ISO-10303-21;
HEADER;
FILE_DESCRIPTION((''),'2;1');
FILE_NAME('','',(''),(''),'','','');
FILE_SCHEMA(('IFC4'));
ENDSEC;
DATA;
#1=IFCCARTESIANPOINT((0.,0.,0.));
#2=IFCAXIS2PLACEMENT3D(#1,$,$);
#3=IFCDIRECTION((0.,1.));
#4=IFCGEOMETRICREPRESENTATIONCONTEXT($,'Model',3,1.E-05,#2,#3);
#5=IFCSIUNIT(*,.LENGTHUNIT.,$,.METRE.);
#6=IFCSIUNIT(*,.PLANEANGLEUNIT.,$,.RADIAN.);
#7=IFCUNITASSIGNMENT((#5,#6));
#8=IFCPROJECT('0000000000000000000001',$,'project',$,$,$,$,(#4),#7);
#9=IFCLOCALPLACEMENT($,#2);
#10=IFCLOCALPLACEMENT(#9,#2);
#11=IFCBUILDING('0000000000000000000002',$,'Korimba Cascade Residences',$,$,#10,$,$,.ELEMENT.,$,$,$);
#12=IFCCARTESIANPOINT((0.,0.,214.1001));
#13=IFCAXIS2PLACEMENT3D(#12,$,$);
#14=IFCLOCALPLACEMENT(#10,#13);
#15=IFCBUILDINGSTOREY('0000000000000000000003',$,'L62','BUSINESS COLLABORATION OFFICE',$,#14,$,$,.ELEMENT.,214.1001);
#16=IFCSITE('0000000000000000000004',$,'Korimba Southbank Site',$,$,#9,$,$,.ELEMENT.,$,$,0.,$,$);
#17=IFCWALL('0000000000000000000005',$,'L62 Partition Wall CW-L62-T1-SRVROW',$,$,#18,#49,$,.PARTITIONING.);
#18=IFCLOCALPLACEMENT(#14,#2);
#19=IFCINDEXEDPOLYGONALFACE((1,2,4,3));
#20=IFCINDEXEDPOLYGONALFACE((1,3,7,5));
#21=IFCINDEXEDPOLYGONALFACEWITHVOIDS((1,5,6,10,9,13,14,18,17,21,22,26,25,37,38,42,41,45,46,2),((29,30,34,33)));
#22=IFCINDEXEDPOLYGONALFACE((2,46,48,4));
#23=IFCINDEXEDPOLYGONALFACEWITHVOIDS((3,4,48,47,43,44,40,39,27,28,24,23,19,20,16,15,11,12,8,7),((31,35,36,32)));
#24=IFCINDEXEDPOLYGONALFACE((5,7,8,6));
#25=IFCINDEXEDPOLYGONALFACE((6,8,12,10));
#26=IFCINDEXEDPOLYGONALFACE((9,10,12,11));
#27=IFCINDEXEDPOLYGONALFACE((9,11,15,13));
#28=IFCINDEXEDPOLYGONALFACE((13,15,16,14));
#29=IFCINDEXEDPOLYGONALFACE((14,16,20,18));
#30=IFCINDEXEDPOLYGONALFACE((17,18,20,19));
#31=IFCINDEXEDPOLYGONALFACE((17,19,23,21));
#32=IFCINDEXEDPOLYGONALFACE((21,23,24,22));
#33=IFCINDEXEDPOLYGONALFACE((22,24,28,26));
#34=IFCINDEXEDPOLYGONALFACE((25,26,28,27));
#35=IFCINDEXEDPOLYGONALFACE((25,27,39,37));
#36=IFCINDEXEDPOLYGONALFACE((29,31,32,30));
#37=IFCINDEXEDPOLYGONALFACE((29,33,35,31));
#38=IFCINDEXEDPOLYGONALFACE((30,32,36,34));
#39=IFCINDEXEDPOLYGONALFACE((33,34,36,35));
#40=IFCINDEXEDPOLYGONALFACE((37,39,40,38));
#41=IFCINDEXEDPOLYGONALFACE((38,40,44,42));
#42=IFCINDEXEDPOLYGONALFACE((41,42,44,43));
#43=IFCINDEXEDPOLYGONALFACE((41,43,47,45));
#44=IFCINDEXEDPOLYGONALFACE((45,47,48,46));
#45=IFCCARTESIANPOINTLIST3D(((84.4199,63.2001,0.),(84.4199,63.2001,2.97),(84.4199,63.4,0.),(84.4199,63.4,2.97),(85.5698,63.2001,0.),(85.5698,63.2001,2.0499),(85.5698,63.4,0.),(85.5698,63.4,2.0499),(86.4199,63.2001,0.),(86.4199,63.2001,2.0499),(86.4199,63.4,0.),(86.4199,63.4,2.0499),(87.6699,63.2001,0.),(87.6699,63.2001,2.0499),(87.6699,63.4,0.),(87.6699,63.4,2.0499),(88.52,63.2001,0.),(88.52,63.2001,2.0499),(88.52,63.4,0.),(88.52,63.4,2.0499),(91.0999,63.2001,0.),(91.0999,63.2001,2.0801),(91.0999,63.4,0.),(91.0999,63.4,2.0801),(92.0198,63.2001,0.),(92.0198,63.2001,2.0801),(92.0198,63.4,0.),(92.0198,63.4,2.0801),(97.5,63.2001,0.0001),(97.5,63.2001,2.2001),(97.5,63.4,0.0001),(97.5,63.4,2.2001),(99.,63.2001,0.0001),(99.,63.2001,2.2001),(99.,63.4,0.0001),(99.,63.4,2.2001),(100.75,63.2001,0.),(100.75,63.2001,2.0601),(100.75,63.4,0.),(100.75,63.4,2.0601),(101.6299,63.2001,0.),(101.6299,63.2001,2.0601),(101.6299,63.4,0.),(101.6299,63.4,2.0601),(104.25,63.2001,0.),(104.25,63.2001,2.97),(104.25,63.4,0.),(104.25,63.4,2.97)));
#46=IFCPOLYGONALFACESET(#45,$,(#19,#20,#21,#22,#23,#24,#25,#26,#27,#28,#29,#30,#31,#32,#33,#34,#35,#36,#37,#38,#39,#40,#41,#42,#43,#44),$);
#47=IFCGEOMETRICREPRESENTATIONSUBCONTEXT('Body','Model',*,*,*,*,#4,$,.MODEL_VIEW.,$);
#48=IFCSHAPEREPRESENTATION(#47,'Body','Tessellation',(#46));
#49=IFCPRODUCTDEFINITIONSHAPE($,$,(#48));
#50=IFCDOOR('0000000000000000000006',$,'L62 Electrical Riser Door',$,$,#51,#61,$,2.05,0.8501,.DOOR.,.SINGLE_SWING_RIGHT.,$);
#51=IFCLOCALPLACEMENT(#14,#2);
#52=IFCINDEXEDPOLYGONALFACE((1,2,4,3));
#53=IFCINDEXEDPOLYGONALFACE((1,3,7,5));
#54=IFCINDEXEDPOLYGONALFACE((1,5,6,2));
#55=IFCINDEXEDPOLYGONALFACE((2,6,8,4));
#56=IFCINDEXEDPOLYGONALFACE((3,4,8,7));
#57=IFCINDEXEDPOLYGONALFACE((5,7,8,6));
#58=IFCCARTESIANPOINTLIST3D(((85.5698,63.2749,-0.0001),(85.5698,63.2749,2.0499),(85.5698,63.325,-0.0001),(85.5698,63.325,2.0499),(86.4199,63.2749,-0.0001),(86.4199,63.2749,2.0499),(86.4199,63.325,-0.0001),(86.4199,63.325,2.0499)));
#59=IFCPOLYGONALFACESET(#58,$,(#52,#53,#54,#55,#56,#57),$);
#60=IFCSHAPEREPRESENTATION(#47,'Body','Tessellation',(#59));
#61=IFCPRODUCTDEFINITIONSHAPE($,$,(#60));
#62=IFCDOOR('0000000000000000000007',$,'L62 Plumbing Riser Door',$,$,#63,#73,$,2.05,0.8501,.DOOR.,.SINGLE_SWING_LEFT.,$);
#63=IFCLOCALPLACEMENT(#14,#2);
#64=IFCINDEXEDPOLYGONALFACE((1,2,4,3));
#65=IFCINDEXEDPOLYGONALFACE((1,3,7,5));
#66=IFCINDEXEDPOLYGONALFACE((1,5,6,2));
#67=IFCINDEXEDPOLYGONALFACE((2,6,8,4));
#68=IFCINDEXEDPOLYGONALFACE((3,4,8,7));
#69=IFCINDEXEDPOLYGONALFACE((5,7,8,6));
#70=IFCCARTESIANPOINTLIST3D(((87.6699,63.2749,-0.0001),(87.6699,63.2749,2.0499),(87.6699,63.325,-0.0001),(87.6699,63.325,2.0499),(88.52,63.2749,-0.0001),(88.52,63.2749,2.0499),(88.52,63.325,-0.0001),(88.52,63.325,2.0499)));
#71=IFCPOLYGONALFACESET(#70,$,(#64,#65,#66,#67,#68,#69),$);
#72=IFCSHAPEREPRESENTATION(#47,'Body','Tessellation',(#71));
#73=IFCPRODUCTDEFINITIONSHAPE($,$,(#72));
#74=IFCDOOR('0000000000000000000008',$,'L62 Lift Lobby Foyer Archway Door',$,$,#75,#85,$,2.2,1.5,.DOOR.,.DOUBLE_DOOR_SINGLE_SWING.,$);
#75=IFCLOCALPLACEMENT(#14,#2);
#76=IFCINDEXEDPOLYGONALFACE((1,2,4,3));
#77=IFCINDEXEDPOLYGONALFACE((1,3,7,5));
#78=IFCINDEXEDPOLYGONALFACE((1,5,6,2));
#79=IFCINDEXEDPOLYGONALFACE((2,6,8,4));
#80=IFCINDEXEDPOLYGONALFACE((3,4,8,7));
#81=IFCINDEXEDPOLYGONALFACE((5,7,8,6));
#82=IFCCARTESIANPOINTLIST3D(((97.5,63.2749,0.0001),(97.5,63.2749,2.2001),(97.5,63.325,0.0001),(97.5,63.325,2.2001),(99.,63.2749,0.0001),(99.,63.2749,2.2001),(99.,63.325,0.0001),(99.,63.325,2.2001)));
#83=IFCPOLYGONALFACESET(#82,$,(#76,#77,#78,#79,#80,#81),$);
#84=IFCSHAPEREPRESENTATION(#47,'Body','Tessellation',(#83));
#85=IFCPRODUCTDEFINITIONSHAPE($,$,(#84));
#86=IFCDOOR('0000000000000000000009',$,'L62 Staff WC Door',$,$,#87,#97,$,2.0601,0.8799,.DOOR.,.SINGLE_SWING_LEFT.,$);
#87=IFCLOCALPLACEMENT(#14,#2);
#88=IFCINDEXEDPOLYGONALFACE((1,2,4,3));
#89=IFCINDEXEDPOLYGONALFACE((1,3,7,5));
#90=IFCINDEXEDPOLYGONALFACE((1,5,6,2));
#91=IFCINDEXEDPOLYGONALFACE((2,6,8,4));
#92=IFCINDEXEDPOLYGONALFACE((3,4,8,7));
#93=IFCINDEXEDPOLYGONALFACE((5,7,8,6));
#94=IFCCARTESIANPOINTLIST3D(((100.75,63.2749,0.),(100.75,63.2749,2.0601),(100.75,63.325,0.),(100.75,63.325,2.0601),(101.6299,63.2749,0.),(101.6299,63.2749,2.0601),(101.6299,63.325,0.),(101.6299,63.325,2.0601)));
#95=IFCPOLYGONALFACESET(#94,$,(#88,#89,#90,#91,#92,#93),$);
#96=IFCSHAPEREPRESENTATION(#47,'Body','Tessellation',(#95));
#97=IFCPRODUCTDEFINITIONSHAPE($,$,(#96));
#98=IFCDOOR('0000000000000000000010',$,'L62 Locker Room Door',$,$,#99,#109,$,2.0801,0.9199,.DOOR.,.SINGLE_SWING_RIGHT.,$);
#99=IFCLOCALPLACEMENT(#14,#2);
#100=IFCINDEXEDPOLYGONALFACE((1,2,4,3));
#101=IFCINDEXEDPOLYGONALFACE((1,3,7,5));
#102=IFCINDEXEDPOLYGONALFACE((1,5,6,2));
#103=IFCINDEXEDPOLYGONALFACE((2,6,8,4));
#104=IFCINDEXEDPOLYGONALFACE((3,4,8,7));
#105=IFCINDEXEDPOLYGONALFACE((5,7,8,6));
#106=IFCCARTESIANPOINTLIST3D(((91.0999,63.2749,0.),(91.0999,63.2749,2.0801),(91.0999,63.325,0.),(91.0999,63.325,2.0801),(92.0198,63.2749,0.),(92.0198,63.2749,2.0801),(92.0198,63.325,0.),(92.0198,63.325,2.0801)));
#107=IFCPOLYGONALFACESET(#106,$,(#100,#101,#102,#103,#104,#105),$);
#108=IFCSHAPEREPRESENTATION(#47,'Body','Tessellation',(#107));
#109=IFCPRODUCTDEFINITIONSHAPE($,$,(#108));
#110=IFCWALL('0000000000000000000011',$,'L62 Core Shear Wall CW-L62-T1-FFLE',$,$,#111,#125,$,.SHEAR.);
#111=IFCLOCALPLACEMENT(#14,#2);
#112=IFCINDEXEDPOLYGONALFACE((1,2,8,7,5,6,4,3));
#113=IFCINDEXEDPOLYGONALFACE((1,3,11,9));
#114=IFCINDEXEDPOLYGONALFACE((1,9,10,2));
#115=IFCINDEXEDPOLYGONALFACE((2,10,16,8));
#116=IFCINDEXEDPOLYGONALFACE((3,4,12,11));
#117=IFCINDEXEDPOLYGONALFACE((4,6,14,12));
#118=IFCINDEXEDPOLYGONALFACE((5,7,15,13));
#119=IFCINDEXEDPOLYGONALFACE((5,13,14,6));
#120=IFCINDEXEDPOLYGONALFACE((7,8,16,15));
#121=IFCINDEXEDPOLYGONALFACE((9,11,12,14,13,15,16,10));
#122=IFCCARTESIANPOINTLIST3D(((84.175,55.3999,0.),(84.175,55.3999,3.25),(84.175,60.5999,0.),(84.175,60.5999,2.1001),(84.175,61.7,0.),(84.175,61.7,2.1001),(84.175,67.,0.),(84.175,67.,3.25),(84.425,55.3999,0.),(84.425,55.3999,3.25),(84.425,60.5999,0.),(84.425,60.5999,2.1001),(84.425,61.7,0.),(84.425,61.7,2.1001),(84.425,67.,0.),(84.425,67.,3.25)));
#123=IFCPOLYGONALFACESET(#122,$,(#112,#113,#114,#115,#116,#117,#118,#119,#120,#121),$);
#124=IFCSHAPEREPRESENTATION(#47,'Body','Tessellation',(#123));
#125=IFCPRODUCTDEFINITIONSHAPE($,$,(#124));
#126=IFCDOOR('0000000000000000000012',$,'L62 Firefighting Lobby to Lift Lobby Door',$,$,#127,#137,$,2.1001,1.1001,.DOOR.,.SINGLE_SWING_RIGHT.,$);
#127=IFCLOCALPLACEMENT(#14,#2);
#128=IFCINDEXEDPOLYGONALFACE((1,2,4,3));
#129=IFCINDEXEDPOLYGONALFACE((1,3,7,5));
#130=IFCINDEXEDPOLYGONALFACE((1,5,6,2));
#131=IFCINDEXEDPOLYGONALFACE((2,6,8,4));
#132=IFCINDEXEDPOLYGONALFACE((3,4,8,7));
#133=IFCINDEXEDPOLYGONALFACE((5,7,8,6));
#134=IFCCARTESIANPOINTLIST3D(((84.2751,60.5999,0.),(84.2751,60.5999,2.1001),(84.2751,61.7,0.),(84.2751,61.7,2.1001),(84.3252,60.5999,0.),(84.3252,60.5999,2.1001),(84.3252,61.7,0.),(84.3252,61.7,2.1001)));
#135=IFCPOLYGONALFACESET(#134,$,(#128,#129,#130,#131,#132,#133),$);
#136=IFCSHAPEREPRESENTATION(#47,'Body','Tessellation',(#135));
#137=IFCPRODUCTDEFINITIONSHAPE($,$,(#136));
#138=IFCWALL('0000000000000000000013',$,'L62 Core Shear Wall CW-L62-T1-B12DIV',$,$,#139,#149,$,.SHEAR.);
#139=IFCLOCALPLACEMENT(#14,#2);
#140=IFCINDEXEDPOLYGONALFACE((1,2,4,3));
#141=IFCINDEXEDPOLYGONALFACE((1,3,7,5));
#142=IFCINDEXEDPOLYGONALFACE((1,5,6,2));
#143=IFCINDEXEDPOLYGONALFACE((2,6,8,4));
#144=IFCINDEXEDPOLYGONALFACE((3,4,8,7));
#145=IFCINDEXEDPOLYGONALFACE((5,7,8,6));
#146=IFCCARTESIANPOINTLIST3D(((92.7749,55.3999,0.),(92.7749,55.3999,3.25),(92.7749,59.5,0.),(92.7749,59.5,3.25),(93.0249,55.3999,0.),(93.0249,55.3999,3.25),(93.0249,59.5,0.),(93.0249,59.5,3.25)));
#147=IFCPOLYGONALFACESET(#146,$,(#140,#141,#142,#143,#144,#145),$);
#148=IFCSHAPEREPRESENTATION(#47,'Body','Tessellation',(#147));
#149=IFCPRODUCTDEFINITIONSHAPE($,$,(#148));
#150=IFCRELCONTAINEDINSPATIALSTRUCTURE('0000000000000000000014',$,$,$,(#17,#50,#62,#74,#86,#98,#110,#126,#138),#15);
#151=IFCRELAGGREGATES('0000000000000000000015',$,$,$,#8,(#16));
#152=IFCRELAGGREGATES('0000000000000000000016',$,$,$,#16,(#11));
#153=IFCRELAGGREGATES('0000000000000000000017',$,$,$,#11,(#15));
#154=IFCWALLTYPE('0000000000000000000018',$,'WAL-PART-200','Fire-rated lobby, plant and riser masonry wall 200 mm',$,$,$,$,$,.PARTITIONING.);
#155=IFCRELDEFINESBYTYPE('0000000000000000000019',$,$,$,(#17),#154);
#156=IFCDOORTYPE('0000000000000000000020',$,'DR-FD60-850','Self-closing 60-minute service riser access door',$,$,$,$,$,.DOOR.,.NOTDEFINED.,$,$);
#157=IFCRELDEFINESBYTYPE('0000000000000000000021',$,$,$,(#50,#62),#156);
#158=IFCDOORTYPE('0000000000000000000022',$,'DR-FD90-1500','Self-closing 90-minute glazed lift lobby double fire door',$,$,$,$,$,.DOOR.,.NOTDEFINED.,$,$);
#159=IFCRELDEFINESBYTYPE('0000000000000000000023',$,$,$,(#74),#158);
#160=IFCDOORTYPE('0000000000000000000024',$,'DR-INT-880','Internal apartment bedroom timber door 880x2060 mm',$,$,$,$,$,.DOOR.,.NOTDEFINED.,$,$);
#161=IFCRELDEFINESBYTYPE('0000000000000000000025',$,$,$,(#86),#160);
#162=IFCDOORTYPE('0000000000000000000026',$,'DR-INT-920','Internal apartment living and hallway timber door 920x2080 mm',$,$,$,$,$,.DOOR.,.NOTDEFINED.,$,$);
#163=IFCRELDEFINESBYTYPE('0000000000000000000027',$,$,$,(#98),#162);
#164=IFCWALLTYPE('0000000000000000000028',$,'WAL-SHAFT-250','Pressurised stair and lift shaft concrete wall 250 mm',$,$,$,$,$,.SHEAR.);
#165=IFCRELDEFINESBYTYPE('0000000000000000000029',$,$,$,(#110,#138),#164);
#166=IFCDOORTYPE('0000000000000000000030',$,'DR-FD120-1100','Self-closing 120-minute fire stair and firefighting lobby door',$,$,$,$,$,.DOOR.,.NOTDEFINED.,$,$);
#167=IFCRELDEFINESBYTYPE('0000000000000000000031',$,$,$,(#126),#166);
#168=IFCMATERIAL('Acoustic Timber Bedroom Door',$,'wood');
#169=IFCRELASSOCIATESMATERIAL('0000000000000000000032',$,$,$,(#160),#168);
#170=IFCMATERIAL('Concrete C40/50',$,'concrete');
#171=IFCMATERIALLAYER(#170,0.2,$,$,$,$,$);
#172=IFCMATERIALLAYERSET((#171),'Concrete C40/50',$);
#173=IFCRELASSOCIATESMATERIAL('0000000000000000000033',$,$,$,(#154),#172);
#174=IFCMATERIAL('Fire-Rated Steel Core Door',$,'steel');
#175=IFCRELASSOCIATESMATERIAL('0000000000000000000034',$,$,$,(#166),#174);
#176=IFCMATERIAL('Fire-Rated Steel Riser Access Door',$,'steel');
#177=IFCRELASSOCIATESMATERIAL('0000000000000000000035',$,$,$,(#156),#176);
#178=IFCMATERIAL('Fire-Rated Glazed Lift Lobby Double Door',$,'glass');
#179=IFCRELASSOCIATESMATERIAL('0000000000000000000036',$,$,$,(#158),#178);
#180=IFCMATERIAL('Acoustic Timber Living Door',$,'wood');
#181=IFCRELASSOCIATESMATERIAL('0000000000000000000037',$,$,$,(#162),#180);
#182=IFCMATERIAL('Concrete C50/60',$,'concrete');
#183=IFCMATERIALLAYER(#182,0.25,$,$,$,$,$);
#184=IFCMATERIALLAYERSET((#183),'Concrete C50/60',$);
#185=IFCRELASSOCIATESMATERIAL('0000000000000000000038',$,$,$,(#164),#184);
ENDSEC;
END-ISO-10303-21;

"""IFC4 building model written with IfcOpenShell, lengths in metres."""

from ifc_helpers import new_model, si_unit, direction, frame, frame_2d, origin, place, context, subcontext, project, spatial, rectangle, extrude, material, layer, layer_set, type_object, element, fill, save


model = new_model("IFC4")

# Units and contexts
model_context = context("Model", 3, precision=1e-05, world=origin(), true_north=direction((0.0, 1.0)))
body_context = subcontext(model_context, "Body", "Model", "MODEL_VIEW")
ifc_project = project(units=[si_unit("LENGTHUNIT", "METRE"), si_unit("PLANEANGLEUNIT", "RADIAN")], contexts=[model_context])

# Site, building, storey
site_placement = place(None, origin())
site = spatial("IfcSite", under=ifc_project, at=site_placement, Name="Korimba Southbank Site", CompositionType="ELEMENT", RefElevation=0.0)
building_placement = place(site_placement, origin())
building = spatial("IfcBuilding", under=site, at=building_placement, Name="Korimba Cascade Residences", CompositionType="ELEMENT")
storey_placement = place(building_placement, frame((0.0, 0.0, 214.1001)))
storey = spatial("IfcBuildingStorey", under=building, at=storey_placement, Name="L62", Description="BUSINESS COLLABORATION OFFICE", CompositionType="ELEMENT", Elevation=214.1001)

# Shared definitions
ifc_material_1 = material(Name="Acoustic Timber Bedroom Door", Category="wood")
door_type_1 = type_object("IfcDoorType", Name="DR-INT-880", Description="Internal apartment bedroom timber door 880x2060 mm", OperationType="NOTDEFINED", PredefinedType="DOOR", material=ifc_material_1)

# Shared definitions
ifc_material_2 = material(Name="Concrete C40/50", Category="concrete")
ifc_layer_1 = layer(ifc_material_2, 0.2)
ifc_layer_set_1 = layer_set([ifc_layer_1], Name="Concrete C40/50")
wall_type_1 = type_object("IfcWallType", Name="WAL-PART-200", Description="Fire-rated lobby, plant and riser masonry wall 200 mm", PredefinedType="PARTITIONING", material=ifc_layer_set_1)

# Shared definitions
ifc_material_3 = material(Name="Fire-Rated Steel Core Door", Category="steel")
door_type_2 = type_object("IfcDoorType", Name="DR-FD120-1100", Description="Self-closing 120-minute fire stair and firefighting lobby door", OperationType="NOTDEFINED", PredefinedType="DOOR", material=ifc_material_3)

# Wall, openings, doors
wall_1_placement = place(storey_placement, frame((84.4199, 63.3, 0.0), z_axis=(0.0, 0.0, 1.0), x_axis=(1.0, 0.0, 0.0)))
wall_1 = element("IfcWall", 1, at=wall_1_placement, inside=storey, type_object=wall_type_1, Name="L62 Partition Wall CW-L62-T1-SRVROW", PredefinedType="PARTITIONING", context=body_context, shape_type="SweptSolid", body=[
    extrude(rectangle(XDim=19.8301, YDim=0.2, at=frame_2d((9.915, 0.0))), origin(), (0.0, 0.0, 1.0), 2.97),
])
opening_1_placement = place(wall_1_placement, frame((1.1499, 0.0, 0.0)))
opening_1 = element("IfcOpeningElement", 2, at=opening_1_placement, cuts=wall_1, PredefinedType="OPENING", context=body_context, shape_type="SweptSolid", body=[
    extrude(rectangle(XDim=0.8501, YDim=2.05, at=frame_2d((0.425, 1.0249))), frame((0.0, 0.1099, 0.0), z_axis=(0.0, -1.0, 0.0), x_axis=(1.0, 0.0, 0.0)), (0.0, 0.0, 1.0), 0.22),
])
opening_2_placement = place(wall_1_placement, frame((3.25, 0.0, 0.0)))
opening_2 = element("IfcOpeningElement", 3, at=opening_2_placement, cuts=wall_1, PredefinedType="OPENING", context=body_context, shape_type="SweptSolid", body=[
    extrude(rectangle(XDim=0.8501, YDim=2.05, at=frame_2d((0.425, 1.0249))), frame((0.0, 0.1099, 0.0), z_axis=(0.0, -1.0, 0.0), x_axis=(1.0, 0.0, 0.0)), (0.0, 0.0, 1.0), 0.22),
])
opening_3_placement = place(wall_1_placement, frame((13.0801, 0.0, 0.0)))
opening_3 = element("IfcOpeningElement", 4, at=opening_3_placement, cuts=wall_1, PredefinedType="OPENING", context=body_context, shape_type="SweptSolid", body=[
    extrude(rectangle(XDim=1.5, YDim=2.2, at=frame_2d((0.75, 1.1001))), frame((0.0, 0.1099, 0.0), z_axis=(0.0, -1.0, 0.0), x_axis=(1.0, 0.0, 0.0)), (0.0, 0.0, 1.0), 0.22),
])
opening_4_placement = place(wall_1_placement, frame((6.6799, 0.0, 0.0)))
opening_4 = element("IfcOpeningElement", 5, at=opening_4_placement, cuts=wall_1, PredefinedType="OPENING", context=body_context, shape_type="SweptSolid", body=[
    extrude(rectangle(XDim=0.9199, YDim=2.0801, at=frame_2d((0.46, 1.04))), frame((0.0, 0.1099, 0.0), z_axis=(0.0, -1.0, 0.0), x_axis=(1.0, 0.0, 0.0)), (0.0, 0.0, 1.0), 0.22),
])
opening_5_placement = place(wall_1_placement, frame((16.3301, 0.0, 0.0)))
opening_5 = element("IfcOpeningElement", 6, at=opening_5_placement, cuts=wall_1, PredefinedType="OPENING", context=body_context, shape_type="SweptSolid", body=[
    extrude(rectangle(XDim=0.8799, YDim=2.0601, at=frame_2d((0.4399, 1.03))), frame((0.0, 0.1099, 0.0), z_axis=(0.0, -1.0, 0.0), x_axis=(1.0, 0.0, 0.0)), (0.0, 0.0, 1.0), 0.22),
])
ifc_material_4 = material(Name="Fire-Rated Steel Riser Access Door", Category="steel")
door_type_3 = type_object("IfcDoorType", Name="DR-FD60-850", Description="Self-closing 60-minute service riser access door", OperationType="NOTDEFINED", PredefinedType="DOOR", material=ifc_material_4)
door_1_placement = place(opening_1_placement, origin())
door_1 = element("IfcDoor", 7, at=door_1_placement, inside=storey, type_object=door_type_3, Name="L62 Electrical Riser Door", OperationType="SINGLE_SWING_RIGHT", OverallHeight=2.05, OverallWidth=0.8501, PredefinedType="DOOR", context=body_context, shape_type="SweptSolid", body=[
    extrude(rectangle(XDim=0.8501, YDim=2.05, at=frame_2d((0.425, 1.0249))), frame((0.0, 0.0249, 0.0), z_axis=(0.0, -1.0, 0.0), x_axis=(1.0, 0.0, 0.0)), (0.0, 0.0, 1.0), 0.05),
])
fill(opening_1, door_1)
door_2_placement = place(opening_2_placement, origin())
door_2 = element("IfcDoor", 8, at=door_2_placement, inside=storey, type_object=door_type_3, Name="L62 Plumbing Riser Door", OperationType="SINGLE_SWING_LEFT", OverallHeight=2.05, OverallWidth=0.8501, PredefinedType="DOOR", context=body_context, shape_type="SweptSolid", body=[
    extrude(rectangle(XDim=0.8501, YDim=2.05, at=frame_2d((0.425, 1.0249))), frame((0.0, 0.0249, 0.0), z_axis=(0.0, -1.0, 0.0), x_axis=(1.0, 0.0, 0.0)), (0.0, 0.0, 1.0), 0.05),
])
fill(opening_2, door_2)
ifc_material_5 = material(Name="Fire-Rated Glazed Lift Lobby Double Door", Category="glass")
door_type_4 = type_object("IfcDoorType", Name="DR-FD90-1500", Description="Self-closing 90-minute glazed lift lobby double fire door", OperationType="NOTDEFINED", PredefinedType="DOOR", material=ifc_material_5)
door_3_placement = place(opening_3_placement, origin())
door_3 = element("IfcDoor", 9, at=door_3_placement, inside=storey, type_object=door_type_4, Name="L62 Lift Lobby Foyer Archway Door", OperationType="DOUBLE_DOOR_SINGLE_SWING", OverallHeight=2.2, OverallWidth=1.5, PredefinedType="DOOR", context=body_context, shape_type="SweptSolid", body=[
    extrude(rectangle(XDim=1.5, YDim=2.2, at=frame_2d((0.75, 1.1001))), frame((0.0, 0.0249, 0.0), z_axis=(0.0, -1.0, 0.0), x_axis=(1.0, 0.0, 0.0)), (0.0, 0.0, 1.0), 0.05),
])
fill(opening_3, door_3)
door_4_placement = place(opening_5_placement, origin())
door_4 = element("IfcDoor", 10, at=door_4_placement, inside=storey, type_object=door_type_1, Name="L62 Staff WC Door", OperationType="SINGLE_SWING_LEFT", OverallHeight=2.0601, OverallWidth=0.8799, PredefinedType="DOOR", context=body_context, shape_type="SweptSolid", body=[
    extrude(rectangle(XDim=0.8799, YDim=2.0601, at=frame_2d((0.4399, 1.03))), frame((0.0, 0.0249, 0.0), z_axis=(0.0, -1.0, 0.0), x_axis=(1.0, 0.0, 0.0)), (0.0, 0.0, 1.0), 0.05),
])
fill(opening_5, door_4)
ifc_material_6 = material(Name="Acoustic Timber Living Door", Category="wood")
door_type_5 = type_object("IfcDoorType", Name="DR-INT-920", Description="Internal apartment living and hallway timber door 920x2080 mm", OperationType="NOTDEFINED", PredefinedType="DOOR", material=ifc_material_6)
door_5_placement = place(opening_4_placement, origin())
door_5 = element("IfcDoor", 11, at=door_5_placement, inside=storey, type_object=door_type_5, Name="L62 Locker Room Door", OperationType="SINGLE_SWING_RIGHT", OverallHeight=2.0801, OverallWidth=0.9199, PredefinedType="DOOR", context=body_context, shape_type="SweptSolid", body=[
    extrude(rectangle(XDim=0.9199, YDim=2.0801, at=frame_2d((0.46, 1.04))), frame((0.0, 0.0249, 0.0), z_axis=(0.0, -1.0, 0.0), x_axis=(1.0, 0.0, 0.0)), (0.0, 0.0, 1.0), 0.05),
])
fill(opening_4, door_5)
ifc_material_7 = material(Name="Concrete C50/60", Category="concrete")
ifc_layer_2 = layer(ifc_material_7, 0.25)
ifc_layer_set_2 = layer_set([ifc_layer_2], Name="Concrete C50/60")
wall_type_2 = type_object("IfcWallType", Name="WAL-SHAFT-250", Description="Pressurised stair and lift shaft concrete wall 250 mm", PredefinedType="SHEAR", material=ifc_layer_set_2)

# Wall, opening, door
wall_2_placement = place(storey_placement, frame((84.3, 55.3999, 0.0), z_axis=(0.0, 0.0, 1.0), x_axis=(0.0, 1.0, 0.0)))
wall_2 = element("IfcWall", 12, at=wall_2_placement, inside=storey, type_object=wall_type_2, Name="L62 Core Shear Wall CW-L62-T1-FFLE", PredefinedType="SHEAR", context=body_context, shape_type="SweptSolid", body=[
    extrude(rectangle(XDim=11.6001, YDim=0.25, at=frame_2d((5.8, 0.0))), origin(), (0.0, 0.0, 1.0), 3.25),
])
opening_6_placement = place(wall_2_placement, frame((5.2, 0.0, 0.0)))
opening_6 = element("IfcOpeningElement", 13, at=opening_6_placement, cuts=wall_2, PredefinedType="OPENING", context=body_context, shape_type="SweptSolid", body=[
    extrude(rectangle(XDim=1.1001, YDim=2.1001, at=frame_2d((0.55, 1.05))), frame((0.0, 0.135, 0.0), z_axis=(0.0, -1.0, 0.0), x_axis=(1.0, 0.0, 0.0)), (0.0, 0.0, 1.0), 0.27),
])
door_6_placement = place(opening_6_placement, origin())
door_6 = element("IfcDoor", 14, at=door_6_placement, inside=storey, type_object=door_type_2, Name="L62 Firefighting Lobby to Lift Lobby Door", OperationType="SINGLE_SWING_RIGHT", OverallHeight=2.1001, OverallWidth=1.1001, PredefinedType="DOOR", context=body_context, shape_type="SweptSolid", body=[
    extrude(rectangle(XDim=1.1001, YDim=2.1001, at=frame_2d((0.55, 1.05))), frame((0.0, 0.0249, 0.0), z_axis=(0.0, -1.0, 0.0), x_axis=(1.0, 0.0, 0.0)), (0.0, 0.0, 1.0), 0.05),
])
fill(opening_6, door_6)

# Wall
wall_3_placement = place(storey_placement, frame((92.8999, 55.3999, 0.0), z_axis=(0.0, 0.0, 1.0), x_axis=(0.0, 1.0, 0.0)))
element("IfcWall", 15, at=wall_3_placement, inside=storey, type_object=wall_type_2, Name="L62 Core Shear Wall CW-L62-T1-B12DIV", PredefinedType="SHEAR", context=body_context, shape_type="SweptSolid", body=[
    extrude(rectangle(XDim=4.1001, YDim=0.25, at=frame_2d((2.05, 0.0))), origin(), (0.0, 0.0, 1.0), 3.25),
])

save(model, "model.ifc")
